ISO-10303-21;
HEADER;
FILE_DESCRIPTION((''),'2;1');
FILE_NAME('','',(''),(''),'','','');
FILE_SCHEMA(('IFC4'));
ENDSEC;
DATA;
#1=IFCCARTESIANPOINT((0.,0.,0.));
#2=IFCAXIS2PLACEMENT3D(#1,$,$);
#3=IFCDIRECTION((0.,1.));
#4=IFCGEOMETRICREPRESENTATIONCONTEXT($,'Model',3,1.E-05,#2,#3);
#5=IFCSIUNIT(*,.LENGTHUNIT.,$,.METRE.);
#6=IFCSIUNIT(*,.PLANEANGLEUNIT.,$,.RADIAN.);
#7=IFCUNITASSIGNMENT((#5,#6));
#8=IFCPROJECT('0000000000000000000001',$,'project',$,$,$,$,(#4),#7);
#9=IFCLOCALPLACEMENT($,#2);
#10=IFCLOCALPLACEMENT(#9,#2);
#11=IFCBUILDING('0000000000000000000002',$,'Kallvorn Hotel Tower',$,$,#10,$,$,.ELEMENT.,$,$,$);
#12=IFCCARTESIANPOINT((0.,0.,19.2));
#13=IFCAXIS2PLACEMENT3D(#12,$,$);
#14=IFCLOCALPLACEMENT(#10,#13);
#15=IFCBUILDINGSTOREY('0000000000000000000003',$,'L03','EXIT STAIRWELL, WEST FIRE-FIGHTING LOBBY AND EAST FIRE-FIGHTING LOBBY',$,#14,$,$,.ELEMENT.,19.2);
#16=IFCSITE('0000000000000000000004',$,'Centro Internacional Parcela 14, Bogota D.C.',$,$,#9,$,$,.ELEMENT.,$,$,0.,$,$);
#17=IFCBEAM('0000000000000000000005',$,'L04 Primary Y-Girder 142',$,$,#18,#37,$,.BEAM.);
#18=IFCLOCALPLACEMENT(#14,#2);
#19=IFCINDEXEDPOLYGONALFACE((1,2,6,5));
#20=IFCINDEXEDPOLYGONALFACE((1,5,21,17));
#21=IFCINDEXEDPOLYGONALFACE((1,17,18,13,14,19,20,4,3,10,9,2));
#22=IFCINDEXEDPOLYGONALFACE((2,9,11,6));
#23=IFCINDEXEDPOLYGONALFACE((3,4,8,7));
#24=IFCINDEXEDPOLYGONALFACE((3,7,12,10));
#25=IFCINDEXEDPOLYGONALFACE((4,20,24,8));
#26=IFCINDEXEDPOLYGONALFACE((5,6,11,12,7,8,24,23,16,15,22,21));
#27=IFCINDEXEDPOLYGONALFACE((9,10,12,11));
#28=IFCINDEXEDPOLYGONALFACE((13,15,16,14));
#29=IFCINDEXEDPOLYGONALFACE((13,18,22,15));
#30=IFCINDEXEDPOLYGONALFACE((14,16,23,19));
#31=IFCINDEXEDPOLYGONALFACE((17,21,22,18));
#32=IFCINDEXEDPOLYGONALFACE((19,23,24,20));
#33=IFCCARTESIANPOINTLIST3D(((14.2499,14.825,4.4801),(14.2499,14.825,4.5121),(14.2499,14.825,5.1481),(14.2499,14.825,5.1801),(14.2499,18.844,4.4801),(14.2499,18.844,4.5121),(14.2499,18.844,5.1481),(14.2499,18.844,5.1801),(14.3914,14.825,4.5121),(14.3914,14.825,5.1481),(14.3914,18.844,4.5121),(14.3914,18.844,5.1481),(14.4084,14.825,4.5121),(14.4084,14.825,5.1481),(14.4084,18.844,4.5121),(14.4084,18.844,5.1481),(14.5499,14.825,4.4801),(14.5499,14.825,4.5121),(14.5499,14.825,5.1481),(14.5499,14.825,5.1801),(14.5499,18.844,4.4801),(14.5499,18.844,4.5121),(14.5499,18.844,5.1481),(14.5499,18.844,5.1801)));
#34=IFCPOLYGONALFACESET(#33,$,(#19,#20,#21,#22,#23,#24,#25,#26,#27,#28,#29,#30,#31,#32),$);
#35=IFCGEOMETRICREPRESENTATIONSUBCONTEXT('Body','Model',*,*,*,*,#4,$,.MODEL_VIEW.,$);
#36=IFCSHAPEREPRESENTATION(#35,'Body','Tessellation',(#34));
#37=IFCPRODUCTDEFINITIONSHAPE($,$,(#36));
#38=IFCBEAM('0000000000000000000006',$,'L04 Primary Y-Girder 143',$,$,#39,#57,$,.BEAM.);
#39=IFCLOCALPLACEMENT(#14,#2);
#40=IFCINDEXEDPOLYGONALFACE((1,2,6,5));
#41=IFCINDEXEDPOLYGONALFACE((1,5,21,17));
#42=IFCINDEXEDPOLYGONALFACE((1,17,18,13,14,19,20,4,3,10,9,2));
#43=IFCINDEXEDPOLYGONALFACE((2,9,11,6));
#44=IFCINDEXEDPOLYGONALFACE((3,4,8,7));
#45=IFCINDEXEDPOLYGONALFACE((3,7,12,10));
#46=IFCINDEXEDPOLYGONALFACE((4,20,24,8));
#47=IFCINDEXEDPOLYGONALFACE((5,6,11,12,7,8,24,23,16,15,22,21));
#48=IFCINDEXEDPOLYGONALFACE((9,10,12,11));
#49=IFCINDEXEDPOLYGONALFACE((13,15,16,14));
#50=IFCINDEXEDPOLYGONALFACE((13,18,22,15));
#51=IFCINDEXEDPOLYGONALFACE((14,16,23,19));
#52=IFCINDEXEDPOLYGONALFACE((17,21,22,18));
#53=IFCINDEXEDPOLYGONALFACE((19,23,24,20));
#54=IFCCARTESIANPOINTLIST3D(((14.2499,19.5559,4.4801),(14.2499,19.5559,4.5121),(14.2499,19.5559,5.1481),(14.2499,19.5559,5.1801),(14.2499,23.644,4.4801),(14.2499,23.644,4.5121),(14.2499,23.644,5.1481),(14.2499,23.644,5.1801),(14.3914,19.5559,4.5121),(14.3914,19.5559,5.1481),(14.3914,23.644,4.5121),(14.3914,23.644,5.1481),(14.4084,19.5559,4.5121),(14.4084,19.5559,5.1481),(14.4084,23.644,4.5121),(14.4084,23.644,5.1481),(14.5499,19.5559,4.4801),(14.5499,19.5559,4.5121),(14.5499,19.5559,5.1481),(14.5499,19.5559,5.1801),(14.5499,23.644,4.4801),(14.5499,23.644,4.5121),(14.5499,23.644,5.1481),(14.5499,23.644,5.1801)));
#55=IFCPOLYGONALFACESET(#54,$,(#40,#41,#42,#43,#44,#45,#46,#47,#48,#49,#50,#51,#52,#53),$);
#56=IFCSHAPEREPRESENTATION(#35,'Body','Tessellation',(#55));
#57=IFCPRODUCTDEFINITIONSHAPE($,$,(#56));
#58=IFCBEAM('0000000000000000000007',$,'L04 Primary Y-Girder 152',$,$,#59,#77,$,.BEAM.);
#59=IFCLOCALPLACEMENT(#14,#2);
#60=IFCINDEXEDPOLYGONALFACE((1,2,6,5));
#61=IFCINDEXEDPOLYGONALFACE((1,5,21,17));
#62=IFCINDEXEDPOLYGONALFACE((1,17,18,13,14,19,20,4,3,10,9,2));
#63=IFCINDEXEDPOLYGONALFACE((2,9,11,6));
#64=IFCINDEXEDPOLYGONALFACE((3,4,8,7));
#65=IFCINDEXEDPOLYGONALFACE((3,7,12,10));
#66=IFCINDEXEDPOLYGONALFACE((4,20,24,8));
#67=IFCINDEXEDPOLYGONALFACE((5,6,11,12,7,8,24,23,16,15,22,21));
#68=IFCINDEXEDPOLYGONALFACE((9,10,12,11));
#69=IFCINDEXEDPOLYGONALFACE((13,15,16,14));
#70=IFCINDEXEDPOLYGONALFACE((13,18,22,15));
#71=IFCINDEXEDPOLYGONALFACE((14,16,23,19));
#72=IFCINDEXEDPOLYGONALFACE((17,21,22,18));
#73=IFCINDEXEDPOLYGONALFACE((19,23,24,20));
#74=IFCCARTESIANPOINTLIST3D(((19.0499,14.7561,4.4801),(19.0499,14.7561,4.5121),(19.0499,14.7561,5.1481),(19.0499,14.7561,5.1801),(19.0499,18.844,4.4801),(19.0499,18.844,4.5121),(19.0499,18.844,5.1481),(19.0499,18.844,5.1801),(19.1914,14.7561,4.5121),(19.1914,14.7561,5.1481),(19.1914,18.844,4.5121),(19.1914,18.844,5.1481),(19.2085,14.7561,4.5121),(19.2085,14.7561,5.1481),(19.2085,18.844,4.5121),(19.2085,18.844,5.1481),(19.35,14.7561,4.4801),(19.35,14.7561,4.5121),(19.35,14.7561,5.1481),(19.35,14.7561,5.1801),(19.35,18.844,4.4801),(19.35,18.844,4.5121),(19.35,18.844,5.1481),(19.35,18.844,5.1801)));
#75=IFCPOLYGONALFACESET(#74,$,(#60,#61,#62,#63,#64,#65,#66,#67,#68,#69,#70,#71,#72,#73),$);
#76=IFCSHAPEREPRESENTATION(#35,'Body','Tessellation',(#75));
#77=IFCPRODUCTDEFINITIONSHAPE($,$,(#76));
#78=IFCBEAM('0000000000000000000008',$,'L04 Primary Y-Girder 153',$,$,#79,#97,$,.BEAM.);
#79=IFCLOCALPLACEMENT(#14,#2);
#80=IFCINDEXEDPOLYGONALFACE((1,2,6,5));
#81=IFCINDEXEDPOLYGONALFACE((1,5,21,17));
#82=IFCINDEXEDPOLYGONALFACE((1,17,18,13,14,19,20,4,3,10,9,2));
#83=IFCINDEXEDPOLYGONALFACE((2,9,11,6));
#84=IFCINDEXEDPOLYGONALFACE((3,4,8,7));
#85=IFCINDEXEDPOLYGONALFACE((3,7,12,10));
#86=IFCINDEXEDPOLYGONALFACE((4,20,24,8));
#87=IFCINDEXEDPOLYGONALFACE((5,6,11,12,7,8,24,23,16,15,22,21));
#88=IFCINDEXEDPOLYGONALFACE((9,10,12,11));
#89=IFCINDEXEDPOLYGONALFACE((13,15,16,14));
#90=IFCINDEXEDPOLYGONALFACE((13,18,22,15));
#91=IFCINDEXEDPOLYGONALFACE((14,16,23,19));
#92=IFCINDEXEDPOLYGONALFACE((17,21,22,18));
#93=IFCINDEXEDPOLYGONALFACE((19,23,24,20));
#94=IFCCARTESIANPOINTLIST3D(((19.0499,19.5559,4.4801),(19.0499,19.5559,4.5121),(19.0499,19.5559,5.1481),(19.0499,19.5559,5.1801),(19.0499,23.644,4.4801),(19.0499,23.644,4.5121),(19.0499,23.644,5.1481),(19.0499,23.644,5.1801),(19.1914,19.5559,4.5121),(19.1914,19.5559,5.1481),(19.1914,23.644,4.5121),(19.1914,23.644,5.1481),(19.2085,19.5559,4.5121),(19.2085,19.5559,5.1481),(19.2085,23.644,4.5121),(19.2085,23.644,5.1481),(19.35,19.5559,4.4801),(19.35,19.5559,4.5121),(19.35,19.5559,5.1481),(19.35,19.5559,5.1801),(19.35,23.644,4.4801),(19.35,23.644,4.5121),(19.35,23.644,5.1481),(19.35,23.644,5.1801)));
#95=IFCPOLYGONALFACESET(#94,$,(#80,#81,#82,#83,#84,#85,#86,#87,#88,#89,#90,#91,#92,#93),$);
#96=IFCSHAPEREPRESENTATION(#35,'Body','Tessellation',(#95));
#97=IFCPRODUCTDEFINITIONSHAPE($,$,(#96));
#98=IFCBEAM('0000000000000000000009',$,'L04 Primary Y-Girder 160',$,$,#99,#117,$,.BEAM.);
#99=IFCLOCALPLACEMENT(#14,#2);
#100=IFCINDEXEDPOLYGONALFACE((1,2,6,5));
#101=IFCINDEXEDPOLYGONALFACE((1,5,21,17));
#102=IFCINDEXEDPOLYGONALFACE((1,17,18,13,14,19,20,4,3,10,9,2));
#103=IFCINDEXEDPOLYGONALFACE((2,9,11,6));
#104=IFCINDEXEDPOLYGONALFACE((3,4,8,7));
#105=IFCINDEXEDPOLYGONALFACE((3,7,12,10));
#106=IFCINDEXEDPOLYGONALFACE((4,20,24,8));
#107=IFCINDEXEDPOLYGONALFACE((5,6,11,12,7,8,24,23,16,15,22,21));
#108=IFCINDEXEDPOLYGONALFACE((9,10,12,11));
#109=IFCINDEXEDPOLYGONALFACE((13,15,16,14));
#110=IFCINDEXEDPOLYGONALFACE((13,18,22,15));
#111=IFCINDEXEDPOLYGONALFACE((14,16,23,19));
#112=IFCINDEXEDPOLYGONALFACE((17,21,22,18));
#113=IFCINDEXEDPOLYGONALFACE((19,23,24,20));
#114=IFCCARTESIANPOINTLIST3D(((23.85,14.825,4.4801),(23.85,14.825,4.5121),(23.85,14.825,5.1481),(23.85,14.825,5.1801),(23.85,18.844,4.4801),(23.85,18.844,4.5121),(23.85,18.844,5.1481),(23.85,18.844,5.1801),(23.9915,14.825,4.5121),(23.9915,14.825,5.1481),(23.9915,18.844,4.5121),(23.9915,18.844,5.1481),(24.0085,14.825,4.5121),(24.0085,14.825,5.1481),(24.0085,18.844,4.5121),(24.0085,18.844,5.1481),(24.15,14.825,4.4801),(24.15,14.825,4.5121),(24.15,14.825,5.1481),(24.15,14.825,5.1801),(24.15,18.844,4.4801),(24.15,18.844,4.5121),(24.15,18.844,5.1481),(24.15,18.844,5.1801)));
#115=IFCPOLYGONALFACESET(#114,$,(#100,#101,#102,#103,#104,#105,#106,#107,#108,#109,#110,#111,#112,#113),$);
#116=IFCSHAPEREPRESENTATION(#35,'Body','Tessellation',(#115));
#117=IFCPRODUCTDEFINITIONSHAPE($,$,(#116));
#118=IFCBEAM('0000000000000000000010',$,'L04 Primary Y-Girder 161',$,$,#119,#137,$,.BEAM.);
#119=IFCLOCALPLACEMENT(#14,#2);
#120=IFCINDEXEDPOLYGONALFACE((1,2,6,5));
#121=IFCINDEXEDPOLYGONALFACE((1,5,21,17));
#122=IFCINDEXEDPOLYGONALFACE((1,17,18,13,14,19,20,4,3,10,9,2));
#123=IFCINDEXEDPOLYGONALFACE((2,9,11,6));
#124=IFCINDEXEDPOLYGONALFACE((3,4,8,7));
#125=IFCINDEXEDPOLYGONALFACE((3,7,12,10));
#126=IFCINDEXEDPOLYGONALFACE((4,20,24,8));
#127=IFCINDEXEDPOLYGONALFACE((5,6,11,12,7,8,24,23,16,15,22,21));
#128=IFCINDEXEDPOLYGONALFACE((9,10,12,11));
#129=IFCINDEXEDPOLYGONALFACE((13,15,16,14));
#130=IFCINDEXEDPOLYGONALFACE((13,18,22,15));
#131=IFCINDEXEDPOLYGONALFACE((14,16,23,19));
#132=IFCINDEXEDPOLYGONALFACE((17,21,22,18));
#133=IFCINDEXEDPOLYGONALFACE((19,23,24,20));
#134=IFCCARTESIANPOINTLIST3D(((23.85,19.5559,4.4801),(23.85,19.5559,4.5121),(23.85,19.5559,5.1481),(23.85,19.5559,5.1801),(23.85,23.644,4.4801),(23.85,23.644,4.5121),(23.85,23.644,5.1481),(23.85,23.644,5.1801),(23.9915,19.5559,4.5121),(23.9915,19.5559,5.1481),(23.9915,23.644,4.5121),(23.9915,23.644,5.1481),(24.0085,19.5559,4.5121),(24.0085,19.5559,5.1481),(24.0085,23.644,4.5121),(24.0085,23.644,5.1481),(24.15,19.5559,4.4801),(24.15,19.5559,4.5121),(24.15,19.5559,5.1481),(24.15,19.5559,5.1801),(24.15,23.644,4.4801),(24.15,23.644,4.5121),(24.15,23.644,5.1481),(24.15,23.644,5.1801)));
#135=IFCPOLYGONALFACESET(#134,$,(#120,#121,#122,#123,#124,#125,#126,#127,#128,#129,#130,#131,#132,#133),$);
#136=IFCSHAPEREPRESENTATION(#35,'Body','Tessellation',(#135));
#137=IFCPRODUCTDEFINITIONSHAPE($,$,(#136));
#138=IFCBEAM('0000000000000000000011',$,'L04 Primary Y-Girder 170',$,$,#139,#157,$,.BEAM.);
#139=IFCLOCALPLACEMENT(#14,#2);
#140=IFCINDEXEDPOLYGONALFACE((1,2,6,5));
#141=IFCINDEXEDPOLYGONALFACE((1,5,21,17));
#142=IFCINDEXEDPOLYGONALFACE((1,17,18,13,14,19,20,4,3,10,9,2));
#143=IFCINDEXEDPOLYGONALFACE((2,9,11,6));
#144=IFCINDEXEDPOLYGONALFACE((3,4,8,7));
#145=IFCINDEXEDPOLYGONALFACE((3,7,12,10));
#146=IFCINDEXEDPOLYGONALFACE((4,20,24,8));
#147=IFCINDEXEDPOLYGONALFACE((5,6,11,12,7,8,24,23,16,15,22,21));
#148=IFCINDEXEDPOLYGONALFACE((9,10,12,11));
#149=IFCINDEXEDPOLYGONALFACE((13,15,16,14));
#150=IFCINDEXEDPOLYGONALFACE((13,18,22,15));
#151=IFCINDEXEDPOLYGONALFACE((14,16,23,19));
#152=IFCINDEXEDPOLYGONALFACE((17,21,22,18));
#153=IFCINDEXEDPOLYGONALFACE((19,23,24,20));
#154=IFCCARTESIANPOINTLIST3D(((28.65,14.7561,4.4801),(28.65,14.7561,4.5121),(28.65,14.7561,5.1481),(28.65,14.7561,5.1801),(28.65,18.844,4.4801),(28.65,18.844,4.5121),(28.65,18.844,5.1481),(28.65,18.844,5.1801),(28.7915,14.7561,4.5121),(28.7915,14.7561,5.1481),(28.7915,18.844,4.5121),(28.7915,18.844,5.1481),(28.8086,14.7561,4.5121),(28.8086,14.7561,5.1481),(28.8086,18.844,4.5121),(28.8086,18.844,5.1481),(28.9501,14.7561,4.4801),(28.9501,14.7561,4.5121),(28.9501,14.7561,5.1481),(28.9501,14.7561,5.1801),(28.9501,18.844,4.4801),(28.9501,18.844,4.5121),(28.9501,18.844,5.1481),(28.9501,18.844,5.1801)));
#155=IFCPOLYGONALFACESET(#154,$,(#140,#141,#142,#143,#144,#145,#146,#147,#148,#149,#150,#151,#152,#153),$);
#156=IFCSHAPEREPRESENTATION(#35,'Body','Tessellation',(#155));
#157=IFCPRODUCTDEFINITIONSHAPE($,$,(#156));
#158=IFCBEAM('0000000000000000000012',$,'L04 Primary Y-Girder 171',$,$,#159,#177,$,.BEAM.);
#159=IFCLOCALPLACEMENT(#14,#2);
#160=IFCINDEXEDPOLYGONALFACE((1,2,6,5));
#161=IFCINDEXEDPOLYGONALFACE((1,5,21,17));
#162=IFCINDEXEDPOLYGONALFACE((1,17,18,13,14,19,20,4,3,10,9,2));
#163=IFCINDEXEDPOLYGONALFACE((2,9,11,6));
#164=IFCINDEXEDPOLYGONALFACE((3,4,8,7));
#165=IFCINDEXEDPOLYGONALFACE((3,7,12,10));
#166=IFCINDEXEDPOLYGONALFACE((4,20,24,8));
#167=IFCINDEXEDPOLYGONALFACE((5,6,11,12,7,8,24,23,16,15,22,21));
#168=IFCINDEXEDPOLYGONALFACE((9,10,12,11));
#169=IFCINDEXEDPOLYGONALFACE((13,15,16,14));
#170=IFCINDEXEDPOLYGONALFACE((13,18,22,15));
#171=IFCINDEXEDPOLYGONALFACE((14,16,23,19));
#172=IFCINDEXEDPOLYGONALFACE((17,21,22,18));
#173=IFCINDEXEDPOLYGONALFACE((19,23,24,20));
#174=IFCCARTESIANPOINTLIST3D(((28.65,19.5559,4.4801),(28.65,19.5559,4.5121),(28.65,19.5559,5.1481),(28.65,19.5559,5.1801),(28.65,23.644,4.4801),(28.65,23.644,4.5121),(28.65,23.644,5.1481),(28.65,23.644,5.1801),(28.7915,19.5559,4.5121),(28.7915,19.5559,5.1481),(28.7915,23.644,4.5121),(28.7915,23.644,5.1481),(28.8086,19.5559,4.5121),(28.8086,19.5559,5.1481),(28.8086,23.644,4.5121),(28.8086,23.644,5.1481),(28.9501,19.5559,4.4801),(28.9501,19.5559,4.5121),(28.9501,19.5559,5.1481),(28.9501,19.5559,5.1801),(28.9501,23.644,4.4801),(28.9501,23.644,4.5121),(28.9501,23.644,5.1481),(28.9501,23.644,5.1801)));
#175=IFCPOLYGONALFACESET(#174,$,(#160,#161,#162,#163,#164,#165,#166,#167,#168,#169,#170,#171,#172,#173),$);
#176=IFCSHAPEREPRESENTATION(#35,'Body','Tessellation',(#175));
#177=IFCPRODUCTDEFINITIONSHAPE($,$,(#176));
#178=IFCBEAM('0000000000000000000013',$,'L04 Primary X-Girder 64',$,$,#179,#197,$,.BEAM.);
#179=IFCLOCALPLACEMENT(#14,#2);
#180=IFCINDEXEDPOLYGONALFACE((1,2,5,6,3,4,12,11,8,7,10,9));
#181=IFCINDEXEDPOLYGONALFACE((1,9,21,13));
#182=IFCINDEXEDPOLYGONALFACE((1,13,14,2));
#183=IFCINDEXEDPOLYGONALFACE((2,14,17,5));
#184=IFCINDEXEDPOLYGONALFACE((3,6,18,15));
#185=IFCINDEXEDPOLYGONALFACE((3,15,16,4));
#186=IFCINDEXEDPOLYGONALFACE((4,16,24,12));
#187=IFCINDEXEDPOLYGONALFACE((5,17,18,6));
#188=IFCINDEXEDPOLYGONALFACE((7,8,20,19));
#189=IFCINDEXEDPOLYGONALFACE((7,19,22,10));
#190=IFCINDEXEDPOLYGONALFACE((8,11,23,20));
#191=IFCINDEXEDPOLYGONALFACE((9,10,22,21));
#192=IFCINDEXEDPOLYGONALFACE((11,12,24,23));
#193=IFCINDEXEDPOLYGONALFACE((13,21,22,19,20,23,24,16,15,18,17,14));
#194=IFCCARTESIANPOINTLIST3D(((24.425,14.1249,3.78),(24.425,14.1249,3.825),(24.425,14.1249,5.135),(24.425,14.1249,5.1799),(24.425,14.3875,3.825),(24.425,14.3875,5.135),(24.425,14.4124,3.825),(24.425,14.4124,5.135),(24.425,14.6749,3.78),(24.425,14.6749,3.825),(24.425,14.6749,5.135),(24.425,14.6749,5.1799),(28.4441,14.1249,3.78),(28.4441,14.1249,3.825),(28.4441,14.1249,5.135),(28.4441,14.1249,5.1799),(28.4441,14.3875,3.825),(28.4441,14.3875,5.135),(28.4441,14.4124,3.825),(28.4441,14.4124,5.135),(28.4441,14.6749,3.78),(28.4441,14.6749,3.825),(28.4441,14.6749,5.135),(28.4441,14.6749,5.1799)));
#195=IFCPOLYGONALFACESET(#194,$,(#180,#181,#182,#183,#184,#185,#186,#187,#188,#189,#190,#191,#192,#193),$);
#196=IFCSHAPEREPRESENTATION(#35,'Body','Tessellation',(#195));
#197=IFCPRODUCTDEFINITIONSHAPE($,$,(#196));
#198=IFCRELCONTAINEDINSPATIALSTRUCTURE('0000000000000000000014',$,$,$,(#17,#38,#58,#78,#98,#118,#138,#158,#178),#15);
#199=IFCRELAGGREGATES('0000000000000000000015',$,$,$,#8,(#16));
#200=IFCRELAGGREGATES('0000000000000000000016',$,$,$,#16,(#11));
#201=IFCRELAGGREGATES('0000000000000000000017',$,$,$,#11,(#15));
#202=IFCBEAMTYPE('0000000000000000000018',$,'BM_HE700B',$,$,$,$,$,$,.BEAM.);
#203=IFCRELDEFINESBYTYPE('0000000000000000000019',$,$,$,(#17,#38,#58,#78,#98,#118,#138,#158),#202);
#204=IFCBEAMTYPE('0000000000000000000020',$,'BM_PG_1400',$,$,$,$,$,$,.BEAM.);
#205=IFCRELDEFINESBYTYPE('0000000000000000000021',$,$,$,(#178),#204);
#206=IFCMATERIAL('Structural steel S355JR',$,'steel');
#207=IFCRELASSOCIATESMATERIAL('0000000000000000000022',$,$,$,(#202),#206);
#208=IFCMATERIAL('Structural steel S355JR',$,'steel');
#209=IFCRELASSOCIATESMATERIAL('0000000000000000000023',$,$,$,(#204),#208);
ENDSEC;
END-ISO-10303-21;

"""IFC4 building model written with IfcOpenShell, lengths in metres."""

from ifc_helpers import new_model, si_unit, direction, frame, origin, origin_2d, place, context, subcontext, project, spatial, i_section, extrude, material, material_profile, profile_set, type_object, element, save


model = new_model("IFC4")

# Units and contexts
model_context = context("Model", 3, precision=1e-05, world=origin(), true_north=direction((0.0, 1.0)))
body_context = subcontext(model_context, "Body", "Model", "MODEL_VIEW")
ifc_project = project(units=[si_unit("LENGTHUNIT", "METRE"), si_unit("PLANEANGLEUNIT", "RADIAN")], contexts=[model_context])

# Site, building, storey
site_placement = place(None, origin())
site = spatial("IfcSite", under=ifc_project, at=site_placement, Name="Centro Internacional Parcela 14, Bogota D.C.", CompositionType="ELEMENT", RefElevation=0.0)
building_placement = place(site_placement, origin())
building = spatial("IfcBuilding", under=site, at=building_placement, Name="Kallvorn Hotel Tower", CompositionType="ELEMENT")
storey_placement = place(building_placement, frame((0.0, 0.0, 19.2)))
storey = spatial("IfcBuildingStorey", under=building, at=storey_placement, Name="L03", Description="EXIT STAIRWELL, WEST FIRE-FIGHTING LOBBY AND EAST FIRE-FIGHTING LOBBY", CompositionType="ELEMENT", Elevation=19.2)

# Beams
ifc_material_1 = material(Name="Structural steel S355JR", Category="steel")
ifc_material_profile_1 = material_profile(ifc_material_1, i_section(OverallWidth=0.3, OverallDepth=0.7, WebThickness=0.0171, FlangeThickness=0.032, at=origin_2d()), Name="HE 700 B")
ifc_profile_set_1 = profile_set([ifc_material_profile_1], Name="Structural steel S355JR")
beam_type_1 = type_object("IfcBeamType", Name="BM_HE700B", PredefinedType="BEAM", material=ifc_profile_set_1)
beam_1_placement = place(storey_placement, frame((14.3999, 14.825, 4.8301), z_axis=(0.0, 1.0, 0.0), x_axis=(-1.0, 0.0, 0.0)))
element("IfcBeam", 1, at=beam_1_placement, inside=storey, type_object=beam_type_1, Name="L04 Primary Y-Girder 142", PredefinedType="BEAM", context=body_context, shape_type="SweptSolid", body=[
    extrude(i_section(OverallWidth=0.3, OverallDepth=0.7, WebThickness=0.0171, FlangeThickness=0.032, at=origin_2d()), origin(), (0.0, 0.0, 1.0), 4.019),
])
beam_2_placement = place(storey_placement, frame((14.3999, 19.5559, 4.8301), z_axis=(0.0, 1.0, 0.0), x_axis=(-1.0, 0.0, 0.0)))
element("IfcBeam", 2, at=beam_2_placement, inside=storey, type_object=beam_type_1, Name="L04 Primary Y-Girder 143", PredefinedType="BEAM", context=body_context, shape_type="SweptSolid", body=[
    extrude(i_section(OverallWidth=0.3, OverallDepth=0.7, WebThickness=0.0171, FlangeThickness=0.032, at=origin_2d()), origin(), (0.0, 0.0, 1.0), 4.0881),
])
beam_3_placement = place(storey_placement, frame((19.2, 14.7561, 4.8301), z_axis=(0.0, 1.0, 0.0), x_axis=(-1.0, 0.0, 0.0)))
element("IfcBeam", 3, at=beam_3_placement, inside=storey, type_object=beam_type_1, Name="L04 Primary Y-Girder 152", PredefinedType="BEAM", context=body_context, shape_type="SweptSolid", body=[
    extrude(i_section(OverallWidth=0.3, OverallDepth=0.7, WebThickness=0.0171, FlangeThickness=0.032, at=origin_2d()), origin(), (0.0, 0.0, 1.0), 4.0879),
])
beam_4_placement = place(storey_placement, frame((19.2, 19.5559, 4.8301), z_axis=(0.0, 1.0, 0.0), x_axis=(-1.0, 0.0, 0.0)))
element("IfcBeam", 4, at=beam_4_placement, inside=storey, type_object=beam_type_1, Name="L04 Primary Y-Girder 153", PredefinedType="BEAM", context=body_context, shape_type="SweptSolid", body=[
    extrude(i_section(OverallWidth=0.3, OverallDepth=0.7, WebThickness=0.0171, FlangeThickness=0.032, at=origin_2d()), origin(), (0.0, 0.0, 1.0), 4.0881),
])
beam_5_placement = place(storey_placement, frame((24.0, 14.825, 4.8301), z_axis=(0.0, 1.0, 0.0), x_axis=(-1.0, 0.0, 0.0)))
element("IfcBeam", 5, at=beam_5_placement, inside=storey, type_object=beam_type_1, Name="L04 Primary Y-Girder 160", PredefinedType="BEAM", context=body_context, shape_type="SweptSolid", body=[
    extrude(i_section(OverallWidth=0.3, OverallDepth=0.7, WebThickness=0.0171, FlangeThickness=0.032, at=origin_2d()), origin(), (0.0, 0.0, 1.0), 4.019),
])
beam_6_placement = place(storey_placement, frame((24.0, 19.5559, 4.8301), z_axis=(0.0, 1.0, 0.0), x_axis=(-1.0, 0.0, 0.0)))
element("IfcBeam", 6, at=beam_6_placement, inside=storey, type_object=beam_type_1, Name="L04 Primary Y-Girder 161", PredefinedType="BEAM", context=body_context, shape_type="SweptSolid", body=[
    extrude(i_section(OverallWidth=0.3, OverallDepth=0.7, WebThickness=0.0171, FlangeThickness=0.032, at=origin_2d()), origin(), (0.0, 0.0, 1.0), 4.0881),
])
beam_7_placement = place(storey_placement, frame((28.8, 14.7561, 4.8301), z_axis=(0.0, 1.0, 0.0), x_axis=(-1.0, 0.0, 0.0)))
element("IfcBeam", 7, at=beam_7_placement, inside=storey, type_object=beam_type_1, Name="L04 Primary Y-Girder 170", PredefinedType="BEAM", context=body_context, shape_type="SweptSolid", body=[
    extrude(i_section(OverallWidth=0.3, OverallDepth=0.7, WebThickness=0.0171, FlangeThickness=0.032, at=origin_2d()), origin(), (0.0, 0.0, 1.0), 4.0879),
])
beam_8_placement = place(storey_placement, frame((28.8, 19.5559, 4.8301), z_axis=(0.0, 1.0, 0.0), x_axis=(-1.0, 0.0, 0.0)))
element("IfcBeam", 8, at=beam_8_placement, inside=storey, type_object=beam_type_1, Name="L04 Primary Y-Girder 171", PredefinedType="BEAM", context=body_context, shape_type="SweptSolid", body=[
    extrude(i_section(OverallWidth=0.3, OverallDepth=0.7, WebThickness=0.0171, FlangeThickness=0.032, at=origin_2d()), origin(), (0.0, 0.0, 1.0), 4.0881),
])
ifc_material_2 = material(Name="Structural steel S355JR", Category="steel")
ifc_material_profile_2 = material_profile(ifc_material_2, i_section(OverallWidth=0.55, OverallDepth=1.3999, WebThickness=0.0249, FlangeThickness=0.0449, at=origin_2d()), Name="PG 1400x550x25x45")
ifc_profile_set_2 = profile_set([ifc_material_profile_2], Name="Structural steel S355JR")
beam_type_2 = type_object("IfcBeamType", Name="BM_PG_1400", PredefinedType="BEAM", material=ifc_profile_set_2)
beam_9_placement = place(storey_placement, frame((24.425, 14.3999, 4.48), z_axis=(1.0, 0.0, 0.0), x_axis=(0.0, 1.0, 0.0)))
element("IfcBeam", 9, at=beam_9_placement, inside=storey, type_object=beam_type_2, Name="L04 Primary X-Girder 64", PredefinedType="BEAM", context=body_context, shape_type="SweptSolid", body=[
    extrude(i_section(OverallWidth=0.55, OverallDepth=1.3999, WebThickness=0.0249, FlangeThickness=0.0449, at=origin_2d()), origin(), (0.0, 0.0, 1.0), 4.019),
])

save(model, "model.ifc")
